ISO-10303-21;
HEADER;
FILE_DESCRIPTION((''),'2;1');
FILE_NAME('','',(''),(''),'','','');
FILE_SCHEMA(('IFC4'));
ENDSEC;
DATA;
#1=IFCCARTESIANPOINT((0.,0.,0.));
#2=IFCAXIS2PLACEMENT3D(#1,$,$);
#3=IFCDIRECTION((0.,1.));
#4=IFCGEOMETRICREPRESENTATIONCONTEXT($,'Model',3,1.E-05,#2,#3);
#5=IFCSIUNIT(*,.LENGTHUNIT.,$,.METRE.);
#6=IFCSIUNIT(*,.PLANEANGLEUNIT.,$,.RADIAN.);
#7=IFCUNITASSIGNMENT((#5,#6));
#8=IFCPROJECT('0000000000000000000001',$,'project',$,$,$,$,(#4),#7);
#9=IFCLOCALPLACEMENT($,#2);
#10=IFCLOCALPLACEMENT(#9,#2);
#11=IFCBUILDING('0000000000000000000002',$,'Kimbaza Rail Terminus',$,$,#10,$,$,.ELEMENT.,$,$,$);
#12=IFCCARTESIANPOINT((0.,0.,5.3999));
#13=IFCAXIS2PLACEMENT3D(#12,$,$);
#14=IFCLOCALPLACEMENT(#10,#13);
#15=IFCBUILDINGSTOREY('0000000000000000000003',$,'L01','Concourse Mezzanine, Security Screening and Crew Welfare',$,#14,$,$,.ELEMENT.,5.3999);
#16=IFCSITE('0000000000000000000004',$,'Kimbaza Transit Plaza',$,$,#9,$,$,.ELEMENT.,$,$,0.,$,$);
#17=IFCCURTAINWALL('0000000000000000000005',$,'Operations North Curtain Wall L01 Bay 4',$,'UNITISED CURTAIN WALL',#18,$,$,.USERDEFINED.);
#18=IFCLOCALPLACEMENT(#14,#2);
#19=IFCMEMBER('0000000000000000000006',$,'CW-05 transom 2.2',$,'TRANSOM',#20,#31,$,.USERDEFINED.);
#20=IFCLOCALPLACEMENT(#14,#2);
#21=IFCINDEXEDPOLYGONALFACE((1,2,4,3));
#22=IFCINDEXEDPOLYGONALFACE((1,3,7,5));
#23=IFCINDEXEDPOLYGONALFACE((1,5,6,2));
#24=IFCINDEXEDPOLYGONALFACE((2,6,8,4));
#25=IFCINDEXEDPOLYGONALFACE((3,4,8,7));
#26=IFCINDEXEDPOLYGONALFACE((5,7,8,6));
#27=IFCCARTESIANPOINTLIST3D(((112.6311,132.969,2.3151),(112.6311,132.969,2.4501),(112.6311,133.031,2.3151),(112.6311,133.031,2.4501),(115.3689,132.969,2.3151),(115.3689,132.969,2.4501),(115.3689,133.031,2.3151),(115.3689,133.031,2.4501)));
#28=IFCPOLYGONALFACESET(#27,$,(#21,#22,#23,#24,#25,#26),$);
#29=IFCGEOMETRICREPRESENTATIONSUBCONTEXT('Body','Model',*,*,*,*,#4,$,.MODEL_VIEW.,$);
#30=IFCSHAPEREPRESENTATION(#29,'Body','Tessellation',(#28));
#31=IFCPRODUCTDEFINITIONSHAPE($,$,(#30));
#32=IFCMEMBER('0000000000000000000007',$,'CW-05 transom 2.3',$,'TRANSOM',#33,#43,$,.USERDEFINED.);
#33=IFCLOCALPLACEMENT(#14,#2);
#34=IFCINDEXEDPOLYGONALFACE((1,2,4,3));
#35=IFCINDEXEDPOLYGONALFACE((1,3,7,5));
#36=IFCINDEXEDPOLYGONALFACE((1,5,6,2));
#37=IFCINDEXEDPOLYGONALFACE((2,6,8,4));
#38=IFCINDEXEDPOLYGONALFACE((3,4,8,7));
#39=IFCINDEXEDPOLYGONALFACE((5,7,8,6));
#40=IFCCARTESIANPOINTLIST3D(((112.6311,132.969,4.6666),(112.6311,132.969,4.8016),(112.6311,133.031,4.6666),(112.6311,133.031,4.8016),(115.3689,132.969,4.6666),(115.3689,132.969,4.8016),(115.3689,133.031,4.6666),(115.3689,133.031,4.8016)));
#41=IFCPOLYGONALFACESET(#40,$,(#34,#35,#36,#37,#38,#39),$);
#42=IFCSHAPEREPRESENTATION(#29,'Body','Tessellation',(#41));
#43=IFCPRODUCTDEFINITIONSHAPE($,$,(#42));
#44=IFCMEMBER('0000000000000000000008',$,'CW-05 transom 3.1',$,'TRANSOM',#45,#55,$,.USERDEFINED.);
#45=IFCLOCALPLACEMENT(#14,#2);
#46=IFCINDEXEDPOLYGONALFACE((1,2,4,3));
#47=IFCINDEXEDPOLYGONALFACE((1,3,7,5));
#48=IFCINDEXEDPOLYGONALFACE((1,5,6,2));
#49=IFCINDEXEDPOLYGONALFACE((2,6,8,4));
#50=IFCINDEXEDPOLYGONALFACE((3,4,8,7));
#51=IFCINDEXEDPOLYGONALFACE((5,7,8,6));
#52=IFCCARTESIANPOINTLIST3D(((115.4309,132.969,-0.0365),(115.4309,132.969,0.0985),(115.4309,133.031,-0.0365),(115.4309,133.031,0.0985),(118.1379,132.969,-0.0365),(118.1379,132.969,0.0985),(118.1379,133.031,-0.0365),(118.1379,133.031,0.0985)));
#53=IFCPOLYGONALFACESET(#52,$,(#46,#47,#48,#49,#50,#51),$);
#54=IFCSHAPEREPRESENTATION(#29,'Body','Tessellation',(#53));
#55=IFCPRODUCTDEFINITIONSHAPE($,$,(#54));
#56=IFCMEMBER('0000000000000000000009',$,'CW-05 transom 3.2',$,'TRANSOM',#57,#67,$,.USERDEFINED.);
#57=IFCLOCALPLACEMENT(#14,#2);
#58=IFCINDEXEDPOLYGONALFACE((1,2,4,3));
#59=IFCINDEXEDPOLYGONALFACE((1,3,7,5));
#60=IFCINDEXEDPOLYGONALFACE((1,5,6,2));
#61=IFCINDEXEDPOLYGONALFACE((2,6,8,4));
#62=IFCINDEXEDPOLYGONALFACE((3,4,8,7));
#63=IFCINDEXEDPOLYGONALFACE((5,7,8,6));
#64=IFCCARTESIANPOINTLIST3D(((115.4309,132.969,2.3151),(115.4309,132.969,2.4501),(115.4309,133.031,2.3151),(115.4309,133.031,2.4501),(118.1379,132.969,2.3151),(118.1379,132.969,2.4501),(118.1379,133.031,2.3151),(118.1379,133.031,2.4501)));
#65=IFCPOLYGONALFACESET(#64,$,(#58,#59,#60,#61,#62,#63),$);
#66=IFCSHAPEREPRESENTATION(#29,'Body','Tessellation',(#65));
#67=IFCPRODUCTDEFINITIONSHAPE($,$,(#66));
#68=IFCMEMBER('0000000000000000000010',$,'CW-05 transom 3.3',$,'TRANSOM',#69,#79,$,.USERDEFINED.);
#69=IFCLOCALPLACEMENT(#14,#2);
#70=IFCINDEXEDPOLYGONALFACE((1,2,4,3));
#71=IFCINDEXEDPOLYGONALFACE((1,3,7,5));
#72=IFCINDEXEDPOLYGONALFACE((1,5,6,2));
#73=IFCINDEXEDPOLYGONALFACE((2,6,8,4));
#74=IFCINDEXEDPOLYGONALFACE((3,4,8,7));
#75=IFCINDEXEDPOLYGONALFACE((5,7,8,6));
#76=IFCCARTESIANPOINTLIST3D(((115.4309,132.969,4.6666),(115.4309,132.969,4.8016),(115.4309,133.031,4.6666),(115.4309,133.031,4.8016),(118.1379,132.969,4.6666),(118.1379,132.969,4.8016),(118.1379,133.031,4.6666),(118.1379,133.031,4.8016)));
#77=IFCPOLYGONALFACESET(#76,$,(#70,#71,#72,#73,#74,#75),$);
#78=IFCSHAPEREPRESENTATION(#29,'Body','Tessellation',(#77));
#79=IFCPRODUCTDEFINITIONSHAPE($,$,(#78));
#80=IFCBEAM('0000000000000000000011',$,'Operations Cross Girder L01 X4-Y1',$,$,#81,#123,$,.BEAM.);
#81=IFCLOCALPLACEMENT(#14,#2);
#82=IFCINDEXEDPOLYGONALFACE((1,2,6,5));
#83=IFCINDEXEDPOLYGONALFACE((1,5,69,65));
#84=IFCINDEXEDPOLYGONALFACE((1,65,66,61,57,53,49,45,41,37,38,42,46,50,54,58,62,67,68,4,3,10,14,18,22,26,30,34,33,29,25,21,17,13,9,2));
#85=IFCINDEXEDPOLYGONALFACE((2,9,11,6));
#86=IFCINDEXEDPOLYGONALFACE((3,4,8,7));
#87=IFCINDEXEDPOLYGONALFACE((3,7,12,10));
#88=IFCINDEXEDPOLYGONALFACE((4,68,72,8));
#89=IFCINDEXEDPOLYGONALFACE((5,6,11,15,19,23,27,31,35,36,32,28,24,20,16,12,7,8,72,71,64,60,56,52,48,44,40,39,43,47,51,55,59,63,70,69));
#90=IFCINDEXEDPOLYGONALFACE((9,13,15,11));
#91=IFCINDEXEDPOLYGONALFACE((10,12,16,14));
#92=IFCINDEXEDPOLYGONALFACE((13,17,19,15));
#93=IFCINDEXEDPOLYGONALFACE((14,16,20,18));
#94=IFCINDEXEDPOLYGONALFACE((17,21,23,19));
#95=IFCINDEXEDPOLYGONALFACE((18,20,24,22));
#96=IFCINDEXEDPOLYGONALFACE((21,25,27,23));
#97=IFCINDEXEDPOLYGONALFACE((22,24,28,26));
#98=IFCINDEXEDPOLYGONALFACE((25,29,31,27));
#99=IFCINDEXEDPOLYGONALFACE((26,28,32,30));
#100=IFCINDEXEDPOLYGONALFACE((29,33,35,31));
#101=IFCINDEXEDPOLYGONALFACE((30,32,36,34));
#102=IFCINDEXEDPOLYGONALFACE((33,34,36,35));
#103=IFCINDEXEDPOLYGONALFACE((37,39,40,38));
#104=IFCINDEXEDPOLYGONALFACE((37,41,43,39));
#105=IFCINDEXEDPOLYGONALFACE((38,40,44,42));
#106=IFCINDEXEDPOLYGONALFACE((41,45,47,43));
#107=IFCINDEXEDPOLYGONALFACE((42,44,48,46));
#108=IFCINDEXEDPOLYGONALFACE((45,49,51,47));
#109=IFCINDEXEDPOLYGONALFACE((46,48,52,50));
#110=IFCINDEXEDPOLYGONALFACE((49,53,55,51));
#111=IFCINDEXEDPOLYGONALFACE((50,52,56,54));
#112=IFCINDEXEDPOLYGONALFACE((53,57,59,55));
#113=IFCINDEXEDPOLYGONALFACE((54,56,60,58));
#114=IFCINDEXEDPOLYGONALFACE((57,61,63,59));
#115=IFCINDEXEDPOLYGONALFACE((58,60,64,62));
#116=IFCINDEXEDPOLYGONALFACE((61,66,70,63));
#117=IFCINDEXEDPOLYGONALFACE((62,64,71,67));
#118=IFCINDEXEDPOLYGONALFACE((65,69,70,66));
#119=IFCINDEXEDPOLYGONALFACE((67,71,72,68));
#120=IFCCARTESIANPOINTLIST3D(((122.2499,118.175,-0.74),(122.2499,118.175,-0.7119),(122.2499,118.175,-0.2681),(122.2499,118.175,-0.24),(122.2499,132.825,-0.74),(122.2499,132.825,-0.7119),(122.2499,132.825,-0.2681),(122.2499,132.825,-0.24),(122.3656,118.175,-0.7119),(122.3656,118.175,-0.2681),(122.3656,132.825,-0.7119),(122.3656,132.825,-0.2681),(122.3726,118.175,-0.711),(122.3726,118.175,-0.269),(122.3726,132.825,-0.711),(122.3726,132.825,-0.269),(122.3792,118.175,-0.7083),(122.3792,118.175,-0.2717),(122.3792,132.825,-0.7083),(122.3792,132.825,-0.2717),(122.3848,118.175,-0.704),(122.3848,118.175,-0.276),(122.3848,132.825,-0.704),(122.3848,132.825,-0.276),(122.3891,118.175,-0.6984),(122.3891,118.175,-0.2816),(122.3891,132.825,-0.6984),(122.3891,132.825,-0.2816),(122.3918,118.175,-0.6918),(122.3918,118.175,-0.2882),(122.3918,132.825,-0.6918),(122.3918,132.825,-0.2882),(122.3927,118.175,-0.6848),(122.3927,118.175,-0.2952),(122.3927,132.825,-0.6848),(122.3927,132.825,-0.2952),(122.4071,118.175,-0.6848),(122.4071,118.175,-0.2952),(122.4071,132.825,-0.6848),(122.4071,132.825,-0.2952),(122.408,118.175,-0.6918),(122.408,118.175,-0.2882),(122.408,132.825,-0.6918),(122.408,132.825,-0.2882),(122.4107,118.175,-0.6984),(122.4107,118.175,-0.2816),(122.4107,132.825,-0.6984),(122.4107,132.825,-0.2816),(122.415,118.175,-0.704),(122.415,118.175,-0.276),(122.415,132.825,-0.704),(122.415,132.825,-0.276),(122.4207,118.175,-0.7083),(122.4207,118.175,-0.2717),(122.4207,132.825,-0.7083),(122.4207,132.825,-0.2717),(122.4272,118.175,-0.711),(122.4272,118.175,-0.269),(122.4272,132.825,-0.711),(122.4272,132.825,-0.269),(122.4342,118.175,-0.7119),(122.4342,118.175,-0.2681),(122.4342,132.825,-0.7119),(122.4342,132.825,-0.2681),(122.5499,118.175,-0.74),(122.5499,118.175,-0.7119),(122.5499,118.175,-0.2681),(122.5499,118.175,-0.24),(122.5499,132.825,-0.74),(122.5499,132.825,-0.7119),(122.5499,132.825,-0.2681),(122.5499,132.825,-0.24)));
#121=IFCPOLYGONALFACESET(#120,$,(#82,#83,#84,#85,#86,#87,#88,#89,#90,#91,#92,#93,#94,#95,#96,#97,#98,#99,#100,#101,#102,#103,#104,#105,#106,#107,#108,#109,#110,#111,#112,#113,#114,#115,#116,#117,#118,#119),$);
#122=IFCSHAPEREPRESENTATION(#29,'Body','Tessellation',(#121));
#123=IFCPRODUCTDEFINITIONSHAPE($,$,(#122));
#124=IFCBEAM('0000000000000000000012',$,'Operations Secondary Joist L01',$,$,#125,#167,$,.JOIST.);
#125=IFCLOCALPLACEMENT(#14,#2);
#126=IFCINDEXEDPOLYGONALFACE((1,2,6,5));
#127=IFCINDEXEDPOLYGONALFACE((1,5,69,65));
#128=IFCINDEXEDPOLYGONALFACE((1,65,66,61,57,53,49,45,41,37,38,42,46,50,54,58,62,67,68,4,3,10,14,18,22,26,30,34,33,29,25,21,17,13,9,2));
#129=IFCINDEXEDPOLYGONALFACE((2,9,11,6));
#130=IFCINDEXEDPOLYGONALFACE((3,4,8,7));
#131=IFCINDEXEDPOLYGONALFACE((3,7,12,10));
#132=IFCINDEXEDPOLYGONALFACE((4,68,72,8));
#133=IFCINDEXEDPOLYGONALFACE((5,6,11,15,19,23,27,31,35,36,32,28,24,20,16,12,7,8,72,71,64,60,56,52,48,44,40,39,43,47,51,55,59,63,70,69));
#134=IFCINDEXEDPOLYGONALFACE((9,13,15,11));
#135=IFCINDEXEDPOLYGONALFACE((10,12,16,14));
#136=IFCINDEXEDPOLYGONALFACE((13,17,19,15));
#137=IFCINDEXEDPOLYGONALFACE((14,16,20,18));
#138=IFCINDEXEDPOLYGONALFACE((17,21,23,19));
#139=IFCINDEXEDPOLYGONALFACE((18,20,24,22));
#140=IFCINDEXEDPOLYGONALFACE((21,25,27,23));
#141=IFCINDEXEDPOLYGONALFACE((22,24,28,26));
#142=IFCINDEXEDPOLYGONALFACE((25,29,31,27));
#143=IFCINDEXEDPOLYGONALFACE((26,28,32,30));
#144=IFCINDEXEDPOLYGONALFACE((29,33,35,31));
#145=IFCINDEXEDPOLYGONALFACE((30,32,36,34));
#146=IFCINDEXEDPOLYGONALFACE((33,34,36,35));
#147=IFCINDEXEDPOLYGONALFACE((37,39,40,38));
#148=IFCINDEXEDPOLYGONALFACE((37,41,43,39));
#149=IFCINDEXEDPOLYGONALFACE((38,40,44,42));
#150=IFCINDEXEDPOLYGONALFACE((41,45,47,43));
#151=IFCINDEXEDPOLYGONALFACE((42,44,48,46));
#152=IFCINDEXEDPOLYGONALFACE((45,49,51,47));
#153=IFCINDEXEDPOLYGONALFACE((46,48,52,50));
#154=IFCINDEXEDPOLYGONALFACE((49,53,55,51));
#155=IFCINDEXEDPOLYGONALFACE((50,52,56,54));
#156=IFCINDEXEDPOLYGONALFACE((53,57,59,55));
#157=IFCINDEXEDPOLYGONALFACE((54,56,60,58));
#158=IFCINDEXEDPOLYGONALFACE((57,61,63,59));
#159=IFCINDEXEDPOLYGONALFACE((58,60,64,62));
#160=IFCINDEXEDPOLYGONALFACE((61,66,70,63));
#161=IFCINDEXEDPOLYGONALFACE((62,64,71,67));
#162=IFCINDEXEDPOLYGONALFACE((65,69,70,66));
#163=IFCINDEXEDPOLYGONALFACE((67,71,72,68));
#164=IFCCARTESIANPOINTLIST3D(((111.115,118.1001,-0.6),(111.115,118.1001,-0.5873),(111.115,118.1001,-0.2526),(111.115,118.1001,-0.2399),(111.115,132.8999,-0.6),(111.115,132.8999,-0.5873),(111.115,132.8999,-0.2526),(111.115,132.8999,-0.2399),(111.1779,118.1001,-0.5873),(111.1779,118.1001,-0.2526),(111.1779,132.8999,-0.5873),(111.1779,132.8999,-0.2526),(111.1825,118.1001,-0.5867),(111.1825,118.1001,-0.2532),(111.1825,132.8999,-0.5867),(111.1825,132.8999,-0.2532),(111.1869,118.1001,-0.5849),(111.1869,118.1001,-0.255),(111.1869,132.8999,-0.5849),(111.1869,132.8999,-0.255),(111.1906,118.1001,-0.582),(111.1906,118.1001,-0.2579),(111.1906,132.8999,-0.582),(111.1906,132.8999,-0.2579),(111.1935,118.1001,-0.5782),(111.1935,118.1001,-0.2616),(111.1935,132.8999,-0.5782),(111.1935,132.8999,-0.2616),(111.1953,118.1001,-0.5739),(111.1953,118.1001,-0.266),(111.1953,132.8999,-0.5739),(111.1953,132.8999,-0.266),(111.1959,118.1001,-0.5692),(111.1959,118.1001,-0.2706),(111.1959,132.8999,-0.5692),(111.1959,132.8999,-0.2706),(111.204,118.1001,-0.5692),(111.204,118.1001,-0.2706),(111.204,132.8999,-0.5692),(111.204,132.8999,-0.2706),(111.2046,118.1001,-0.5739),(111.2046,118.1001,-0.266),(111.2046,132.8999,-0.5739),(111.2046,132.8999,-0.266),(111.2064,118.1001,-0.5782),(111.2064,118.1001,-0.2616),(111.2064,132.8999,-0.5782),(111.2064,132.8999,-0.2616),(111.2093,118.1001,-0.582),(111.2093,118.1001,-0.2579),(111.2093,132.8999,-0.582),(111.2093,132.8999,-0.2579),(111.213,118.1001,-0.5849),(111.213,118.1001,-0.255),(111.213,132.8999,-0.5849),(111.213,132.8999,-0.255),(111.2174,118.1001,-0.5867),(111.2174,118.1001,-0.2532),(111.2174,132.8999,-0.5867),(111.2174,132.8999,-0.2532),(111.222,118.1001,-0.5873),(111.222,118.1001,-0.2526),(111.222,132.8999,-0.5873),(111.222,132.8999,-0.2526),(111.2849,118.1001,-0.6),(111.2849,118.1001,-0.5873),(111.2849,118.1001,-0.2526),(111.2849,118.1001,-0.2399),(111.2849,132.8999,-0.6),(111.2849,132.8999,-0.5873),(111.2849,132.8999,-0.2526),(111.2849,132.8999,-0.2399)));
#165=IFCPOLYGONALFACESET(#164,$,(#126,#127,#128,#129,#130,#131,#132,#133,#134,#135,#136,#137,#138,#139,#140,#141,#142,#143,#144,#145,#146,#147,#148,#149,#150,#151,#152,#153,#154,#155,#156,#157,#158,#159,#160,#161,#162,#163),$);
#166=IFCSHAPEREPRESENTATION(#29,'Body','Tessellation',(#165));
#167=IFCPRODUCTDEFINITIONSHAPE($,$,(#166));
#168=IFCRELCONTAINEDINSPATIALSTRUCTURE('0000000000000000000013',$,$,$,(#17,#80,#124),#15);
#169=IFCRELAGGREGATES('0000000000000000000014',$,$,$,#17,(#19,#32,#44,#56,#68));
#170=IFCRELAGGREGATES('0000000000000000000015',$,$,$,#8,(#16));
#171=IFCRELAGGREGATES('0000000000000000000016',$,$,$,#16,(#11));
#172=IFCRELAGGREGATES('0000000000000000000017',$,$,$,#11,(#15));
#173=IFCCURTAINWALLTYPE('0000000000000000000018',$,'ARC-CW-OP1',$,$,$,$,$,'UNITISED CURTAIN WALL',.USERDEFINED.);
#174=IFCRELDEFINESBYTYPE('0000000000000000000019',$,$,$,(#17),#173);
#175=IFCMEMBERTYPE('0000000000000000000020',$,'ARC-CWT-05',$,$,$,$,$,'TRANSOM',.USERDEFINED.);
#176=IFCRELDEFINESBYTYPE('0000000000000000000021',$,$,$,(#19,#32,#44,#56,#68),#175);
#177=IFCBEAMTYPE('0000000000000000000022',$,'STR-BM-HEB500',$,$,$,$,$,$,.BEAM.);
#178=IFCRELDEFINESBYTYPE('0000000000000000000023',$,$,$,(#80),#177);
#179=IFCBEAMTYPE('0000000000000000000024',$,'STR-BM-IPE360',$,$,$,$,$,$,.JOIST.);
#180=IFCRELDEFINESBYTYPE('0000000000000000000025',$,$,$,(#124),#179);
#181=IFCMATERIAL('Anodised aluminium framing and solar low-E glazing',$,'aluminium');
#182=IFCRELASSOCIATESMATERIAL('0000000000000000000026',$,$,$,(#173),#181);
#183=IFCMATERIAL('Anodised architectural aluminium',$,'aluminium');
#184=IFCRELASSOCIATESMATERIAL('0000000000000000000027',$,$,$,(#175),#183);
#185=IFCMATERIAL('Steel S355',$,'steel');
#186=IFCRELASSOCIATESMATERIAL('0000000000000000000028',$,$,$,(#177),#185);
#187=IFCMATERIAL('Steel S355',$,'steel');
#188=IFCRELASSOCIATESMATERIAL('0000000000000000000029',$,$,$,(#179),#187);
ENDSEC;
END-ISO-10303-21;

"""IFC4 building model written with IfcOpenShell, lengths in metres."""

from ifc_helpers import new_model, si_unit, direction, frame, origin, origin_2d, place, context, subcontext, project, spatial, rectangle, i_section, extrude, material, material_profile, profile_set, type_object, element, aggregate, save


model = new_model("IFC4")

# Units and contexts
model_context = context("Model", 3, precision=1e-05, world=origin(), true_north=direction((0.0, 1.0)))
body_context = subcontext(model_context, "Body", "Model", "MODEL_VIEW")
ifc_project = project(units=[si_unit("LENGTHUNIT", "METRE"), si_unit("PLANEANGLEUNIT", "RADIAN")], contexts=[model_context])

# Site, building, storey
site_placement = place(None, origin())
site = spatial("IfcSite", under=ifc_project, at=site_placement, Name="Kimbaza Transit Plaza", CompositionType="ELEMENT", RefElevation=0.0)
building_placement = place(site_placement, origin())
building = spatial("IfcBuilding", under=site, at=building_placement, Name="Kimbaza Rail Terminus", CompositionType="ELEMENT")
storey_placement = place(building_placement, frame((0.0, 0.0, 5.3999)))
storey = spatial("IfcBuildingStorey", under=building, at=storey_placement, Name="L01", Description="Concourse Mezzanine, Security Screening and Crew Welfare", CompositionType="ELEMENT", Elevation=5.3999)

# Curtain wall, members
ifc_material_1 = material(Name="Anodised aluminium framing and solar low-E glazing", Category="aluminium")
curtain_wall_type = type_object("IfcCurtainWallType", Name="ARC-CW-OP1", ElementType="UNITISED CURTAIN WALL", PredefinedType="USERDEFINED", material=ifc_material_1)
curtain_wall_placement = place(storey_placement, origin())
curtain_wall = element("IfcCurtainWall", 1, at=curtain_wall_placement, inside=storey, type_object=curtain_wall_type, Name="Operations North Curtain Wall L01 Bay 4", ObjectType="UNITISED CURTAIN WALL", PredefinedType="USERDEFINED")
ifc_material_2 = material(Name="Anodised architectural aluminium", Category="aluminium")
ifc_material_profile_1 = material_profile(ifc_material_2, rectangle(XDim=0.062, YDim=0.135, at=origin_2d()), Name="TRANSOM 62x135")
ifc_profile_set_1 = profile_set([ifc_material_profile_1], Name="Anodised architectural aluminium")
member_type_1 = type_object("IfcMemberType", Name="ARC-CWT-05", ElementType="TRANSOM", PredefinedType="USERDEFINED", material=ifc_profile_set_1)
member_1_placement = place(storey_placement, frame((112.6311, 133.0, 2.3826), z_axis=(1.0, 0.0, 0.0), x_axis=(0.0, 1.0, 0.0)))
member_1 = element("IfcMember", 2, at=member_1_placement, type_object=member_type_1, Name="CW-05 transom 2.2", ObjectType="TRANSOM", PredefinedType="USERDEFINED", context=body_context, shape_type="SweptSolid", body=[
    extrude(rectangle(XDim=0.062, YDim=0.135, at=origin_2d()), origin(), (0.0, 0.0, 1.0), 2.7378),
])
member_2_placement = place(storey_placement, frame((112.6311, 133.0, 4.7341), z_axis=(1.0, 0.0, 0.0), x_axis=(0.0, 1.0, 0.0)))
member_2 = element("IfcMember", 3, at=member_2_placement, type_object=member_type_1, Name="CW-05 transom 2.3", ObjectType="TRANSOM", PredefinedType="USERDEFINED", context=body_context, shape_type="SweptSolid", body=[
    extrude(rectangle(XDim=0.062, YDim=0.135, at=origin_2d()), origin(), (0.0, 0.0, 1.0), 2.7378),
])
member_3_placement = place(storey_placement, frame((115.4309, 133.0, 0.031), z_axis=(1.0, 0.0, 0.0), x_axis=(0.0, 1.0, 0.0)))
member_3 = element("IfcMember", 4, at=member_3_placement, type_object=member_type_1, Name="CW-05 transom 3.1", ObjectType="TRANSOM", PredefinedType="USERDEFINED", context=body_context, shape_type="SweptSolid", body=[
    extrude(rectangle(XDim=0.062, YDim=0.135, at=origin_2d()), origin(), (0.0, 0.0, 1.0), 2.707),
])
member_4_placement = place(storey_placement, frame((115.4309, 133.0, 2.3826), z_axis=(1.0, 0.0, 0.0), x_axis=(0.0, 1.0, 0.0)))
member_4 = element("IfcMember", 5, at=member_4_placement, type_object=member_type_1, Name="CW-05 transom 3.2", ObjectType="TRANSOM", PredefinedType="USERDEFINED", context=body_context, shape_type="SweptSolid", body=[
    extrude(rectangle(XDim=0.062, YDim=0.135, at=origin_2d()), origin(), (0.0, 0.0, 1.0), 2.707),
])
member_5_placement = place(storey_placement, frame((115.4309, 133.0, 4.7341), z_axis=(1.0, 0.0, 0.0), x_axis=(0.0, 1.0, 0.0)))
member_5 = element("IfcMember", 6, at=member_5_placement, type_object=member_type_1, Name="CW-05 transom 3.3", ObjectType="TRANSOM", PredefinedType="USERDEFINED", context=body_context, shape_type="SweptSolid", body=[
    extrude(rectangle(XDim=0.062, YDim=0.135, at=origin_2d()), origin(), (0.0, 0.0, 1.0), 2.707),
])

# Beams
ifc_material_3 = material(Name="Steel S355", Category="steel")
ifc_material_profile_2 = material_profile(ifc_material_3, i_section(OverallWidth=0.3, OverallDepth=0.5, WebThickness=0.0144, FlangeThickness=0.0281, FilletRadius=0.0271, at=origin_2d()), Name="HEB 500")
ifc_profile_set_2 = profile_set([ifc_material_profile_2], Name="Steel S355")
beam_type_1 = type_object("IfcBeamType", Name="STR-BM-HEB500", PredefinedType="BEAM", material=ifc_profile_set_2)
beam_placement = place(storey_placement, frame((122.3999, 118.175, -0.49), z_axis=(0.0, 1.0, 0.0), x_axis=(-1.0, 0.0, 0.0)))
element("IfcBeam", 7, at=beam_placement, inside=storey, type_object=beam_type_1, Name="Operations Cross Girder L01 X4-Y1", PredefinedType="BEAM", context=body_context, shape_type="SweptSolid", body=[
    extrude(i_section(OverallWidth=0.3, OverallDepth=0.5, WebThickness=0.0144, FlangeThickness=0.0281, FilletRadius=0.0271, at=origin_2d()), origin(), (0.0, 0.0, 1.0), 14.6499),
])
ifc_material_4 = material(Name="Steel S355", Category="steel")
ifc_material_profile_3 = material_profile(ifc_material_4, i_section(OverallWidth=0.1699, OverallDepth=0.3601, WebThickness=0.0081, FlangeThickness=0.0127, FilletRadius=0.0181, at=origin_2d()), Name="IPE 360")
ifc_profile_set_3 = profile_set([ifc_material_profile_3], Name="Steel S355")
beam_type_2 = type_object("IfcBeamType", Name="STR-BM-IPE360", PredefinedType="JOIST", material=ifc_profile_set_3)
for number, where, z_axis, x_axis, name in (
    (8, (111.2, 118.1001, -0.4199), (0.0, 1.0, 0.0), (-1.0, 0.0, 0.0), "Operations Secondary Joist L01"),
):
    element("IfcBeam", number, at=place(storey_placement, frame(where, z_axis=z_axis, x_axis=x_axis)), inside=storey, type_object=beam_type_2, Name=name, PredefinedType="JOIST", context=body_context, shape_type="SweptSolid", body=[
        extrude(i_section(OverallWidth=0.1699, OverallDepth=0.3601, WebThickness=0.0081, FlangeThickness=0.0127, FilletRadius=0.0181, at=origin_2d()), origin(), (0.0, 0.0, 1.0), 14.7998),
    ])

aggregate(curtain_wall, [member_1, member_2, member_3, member_4, member_5])

save(model, "model.ifc")
